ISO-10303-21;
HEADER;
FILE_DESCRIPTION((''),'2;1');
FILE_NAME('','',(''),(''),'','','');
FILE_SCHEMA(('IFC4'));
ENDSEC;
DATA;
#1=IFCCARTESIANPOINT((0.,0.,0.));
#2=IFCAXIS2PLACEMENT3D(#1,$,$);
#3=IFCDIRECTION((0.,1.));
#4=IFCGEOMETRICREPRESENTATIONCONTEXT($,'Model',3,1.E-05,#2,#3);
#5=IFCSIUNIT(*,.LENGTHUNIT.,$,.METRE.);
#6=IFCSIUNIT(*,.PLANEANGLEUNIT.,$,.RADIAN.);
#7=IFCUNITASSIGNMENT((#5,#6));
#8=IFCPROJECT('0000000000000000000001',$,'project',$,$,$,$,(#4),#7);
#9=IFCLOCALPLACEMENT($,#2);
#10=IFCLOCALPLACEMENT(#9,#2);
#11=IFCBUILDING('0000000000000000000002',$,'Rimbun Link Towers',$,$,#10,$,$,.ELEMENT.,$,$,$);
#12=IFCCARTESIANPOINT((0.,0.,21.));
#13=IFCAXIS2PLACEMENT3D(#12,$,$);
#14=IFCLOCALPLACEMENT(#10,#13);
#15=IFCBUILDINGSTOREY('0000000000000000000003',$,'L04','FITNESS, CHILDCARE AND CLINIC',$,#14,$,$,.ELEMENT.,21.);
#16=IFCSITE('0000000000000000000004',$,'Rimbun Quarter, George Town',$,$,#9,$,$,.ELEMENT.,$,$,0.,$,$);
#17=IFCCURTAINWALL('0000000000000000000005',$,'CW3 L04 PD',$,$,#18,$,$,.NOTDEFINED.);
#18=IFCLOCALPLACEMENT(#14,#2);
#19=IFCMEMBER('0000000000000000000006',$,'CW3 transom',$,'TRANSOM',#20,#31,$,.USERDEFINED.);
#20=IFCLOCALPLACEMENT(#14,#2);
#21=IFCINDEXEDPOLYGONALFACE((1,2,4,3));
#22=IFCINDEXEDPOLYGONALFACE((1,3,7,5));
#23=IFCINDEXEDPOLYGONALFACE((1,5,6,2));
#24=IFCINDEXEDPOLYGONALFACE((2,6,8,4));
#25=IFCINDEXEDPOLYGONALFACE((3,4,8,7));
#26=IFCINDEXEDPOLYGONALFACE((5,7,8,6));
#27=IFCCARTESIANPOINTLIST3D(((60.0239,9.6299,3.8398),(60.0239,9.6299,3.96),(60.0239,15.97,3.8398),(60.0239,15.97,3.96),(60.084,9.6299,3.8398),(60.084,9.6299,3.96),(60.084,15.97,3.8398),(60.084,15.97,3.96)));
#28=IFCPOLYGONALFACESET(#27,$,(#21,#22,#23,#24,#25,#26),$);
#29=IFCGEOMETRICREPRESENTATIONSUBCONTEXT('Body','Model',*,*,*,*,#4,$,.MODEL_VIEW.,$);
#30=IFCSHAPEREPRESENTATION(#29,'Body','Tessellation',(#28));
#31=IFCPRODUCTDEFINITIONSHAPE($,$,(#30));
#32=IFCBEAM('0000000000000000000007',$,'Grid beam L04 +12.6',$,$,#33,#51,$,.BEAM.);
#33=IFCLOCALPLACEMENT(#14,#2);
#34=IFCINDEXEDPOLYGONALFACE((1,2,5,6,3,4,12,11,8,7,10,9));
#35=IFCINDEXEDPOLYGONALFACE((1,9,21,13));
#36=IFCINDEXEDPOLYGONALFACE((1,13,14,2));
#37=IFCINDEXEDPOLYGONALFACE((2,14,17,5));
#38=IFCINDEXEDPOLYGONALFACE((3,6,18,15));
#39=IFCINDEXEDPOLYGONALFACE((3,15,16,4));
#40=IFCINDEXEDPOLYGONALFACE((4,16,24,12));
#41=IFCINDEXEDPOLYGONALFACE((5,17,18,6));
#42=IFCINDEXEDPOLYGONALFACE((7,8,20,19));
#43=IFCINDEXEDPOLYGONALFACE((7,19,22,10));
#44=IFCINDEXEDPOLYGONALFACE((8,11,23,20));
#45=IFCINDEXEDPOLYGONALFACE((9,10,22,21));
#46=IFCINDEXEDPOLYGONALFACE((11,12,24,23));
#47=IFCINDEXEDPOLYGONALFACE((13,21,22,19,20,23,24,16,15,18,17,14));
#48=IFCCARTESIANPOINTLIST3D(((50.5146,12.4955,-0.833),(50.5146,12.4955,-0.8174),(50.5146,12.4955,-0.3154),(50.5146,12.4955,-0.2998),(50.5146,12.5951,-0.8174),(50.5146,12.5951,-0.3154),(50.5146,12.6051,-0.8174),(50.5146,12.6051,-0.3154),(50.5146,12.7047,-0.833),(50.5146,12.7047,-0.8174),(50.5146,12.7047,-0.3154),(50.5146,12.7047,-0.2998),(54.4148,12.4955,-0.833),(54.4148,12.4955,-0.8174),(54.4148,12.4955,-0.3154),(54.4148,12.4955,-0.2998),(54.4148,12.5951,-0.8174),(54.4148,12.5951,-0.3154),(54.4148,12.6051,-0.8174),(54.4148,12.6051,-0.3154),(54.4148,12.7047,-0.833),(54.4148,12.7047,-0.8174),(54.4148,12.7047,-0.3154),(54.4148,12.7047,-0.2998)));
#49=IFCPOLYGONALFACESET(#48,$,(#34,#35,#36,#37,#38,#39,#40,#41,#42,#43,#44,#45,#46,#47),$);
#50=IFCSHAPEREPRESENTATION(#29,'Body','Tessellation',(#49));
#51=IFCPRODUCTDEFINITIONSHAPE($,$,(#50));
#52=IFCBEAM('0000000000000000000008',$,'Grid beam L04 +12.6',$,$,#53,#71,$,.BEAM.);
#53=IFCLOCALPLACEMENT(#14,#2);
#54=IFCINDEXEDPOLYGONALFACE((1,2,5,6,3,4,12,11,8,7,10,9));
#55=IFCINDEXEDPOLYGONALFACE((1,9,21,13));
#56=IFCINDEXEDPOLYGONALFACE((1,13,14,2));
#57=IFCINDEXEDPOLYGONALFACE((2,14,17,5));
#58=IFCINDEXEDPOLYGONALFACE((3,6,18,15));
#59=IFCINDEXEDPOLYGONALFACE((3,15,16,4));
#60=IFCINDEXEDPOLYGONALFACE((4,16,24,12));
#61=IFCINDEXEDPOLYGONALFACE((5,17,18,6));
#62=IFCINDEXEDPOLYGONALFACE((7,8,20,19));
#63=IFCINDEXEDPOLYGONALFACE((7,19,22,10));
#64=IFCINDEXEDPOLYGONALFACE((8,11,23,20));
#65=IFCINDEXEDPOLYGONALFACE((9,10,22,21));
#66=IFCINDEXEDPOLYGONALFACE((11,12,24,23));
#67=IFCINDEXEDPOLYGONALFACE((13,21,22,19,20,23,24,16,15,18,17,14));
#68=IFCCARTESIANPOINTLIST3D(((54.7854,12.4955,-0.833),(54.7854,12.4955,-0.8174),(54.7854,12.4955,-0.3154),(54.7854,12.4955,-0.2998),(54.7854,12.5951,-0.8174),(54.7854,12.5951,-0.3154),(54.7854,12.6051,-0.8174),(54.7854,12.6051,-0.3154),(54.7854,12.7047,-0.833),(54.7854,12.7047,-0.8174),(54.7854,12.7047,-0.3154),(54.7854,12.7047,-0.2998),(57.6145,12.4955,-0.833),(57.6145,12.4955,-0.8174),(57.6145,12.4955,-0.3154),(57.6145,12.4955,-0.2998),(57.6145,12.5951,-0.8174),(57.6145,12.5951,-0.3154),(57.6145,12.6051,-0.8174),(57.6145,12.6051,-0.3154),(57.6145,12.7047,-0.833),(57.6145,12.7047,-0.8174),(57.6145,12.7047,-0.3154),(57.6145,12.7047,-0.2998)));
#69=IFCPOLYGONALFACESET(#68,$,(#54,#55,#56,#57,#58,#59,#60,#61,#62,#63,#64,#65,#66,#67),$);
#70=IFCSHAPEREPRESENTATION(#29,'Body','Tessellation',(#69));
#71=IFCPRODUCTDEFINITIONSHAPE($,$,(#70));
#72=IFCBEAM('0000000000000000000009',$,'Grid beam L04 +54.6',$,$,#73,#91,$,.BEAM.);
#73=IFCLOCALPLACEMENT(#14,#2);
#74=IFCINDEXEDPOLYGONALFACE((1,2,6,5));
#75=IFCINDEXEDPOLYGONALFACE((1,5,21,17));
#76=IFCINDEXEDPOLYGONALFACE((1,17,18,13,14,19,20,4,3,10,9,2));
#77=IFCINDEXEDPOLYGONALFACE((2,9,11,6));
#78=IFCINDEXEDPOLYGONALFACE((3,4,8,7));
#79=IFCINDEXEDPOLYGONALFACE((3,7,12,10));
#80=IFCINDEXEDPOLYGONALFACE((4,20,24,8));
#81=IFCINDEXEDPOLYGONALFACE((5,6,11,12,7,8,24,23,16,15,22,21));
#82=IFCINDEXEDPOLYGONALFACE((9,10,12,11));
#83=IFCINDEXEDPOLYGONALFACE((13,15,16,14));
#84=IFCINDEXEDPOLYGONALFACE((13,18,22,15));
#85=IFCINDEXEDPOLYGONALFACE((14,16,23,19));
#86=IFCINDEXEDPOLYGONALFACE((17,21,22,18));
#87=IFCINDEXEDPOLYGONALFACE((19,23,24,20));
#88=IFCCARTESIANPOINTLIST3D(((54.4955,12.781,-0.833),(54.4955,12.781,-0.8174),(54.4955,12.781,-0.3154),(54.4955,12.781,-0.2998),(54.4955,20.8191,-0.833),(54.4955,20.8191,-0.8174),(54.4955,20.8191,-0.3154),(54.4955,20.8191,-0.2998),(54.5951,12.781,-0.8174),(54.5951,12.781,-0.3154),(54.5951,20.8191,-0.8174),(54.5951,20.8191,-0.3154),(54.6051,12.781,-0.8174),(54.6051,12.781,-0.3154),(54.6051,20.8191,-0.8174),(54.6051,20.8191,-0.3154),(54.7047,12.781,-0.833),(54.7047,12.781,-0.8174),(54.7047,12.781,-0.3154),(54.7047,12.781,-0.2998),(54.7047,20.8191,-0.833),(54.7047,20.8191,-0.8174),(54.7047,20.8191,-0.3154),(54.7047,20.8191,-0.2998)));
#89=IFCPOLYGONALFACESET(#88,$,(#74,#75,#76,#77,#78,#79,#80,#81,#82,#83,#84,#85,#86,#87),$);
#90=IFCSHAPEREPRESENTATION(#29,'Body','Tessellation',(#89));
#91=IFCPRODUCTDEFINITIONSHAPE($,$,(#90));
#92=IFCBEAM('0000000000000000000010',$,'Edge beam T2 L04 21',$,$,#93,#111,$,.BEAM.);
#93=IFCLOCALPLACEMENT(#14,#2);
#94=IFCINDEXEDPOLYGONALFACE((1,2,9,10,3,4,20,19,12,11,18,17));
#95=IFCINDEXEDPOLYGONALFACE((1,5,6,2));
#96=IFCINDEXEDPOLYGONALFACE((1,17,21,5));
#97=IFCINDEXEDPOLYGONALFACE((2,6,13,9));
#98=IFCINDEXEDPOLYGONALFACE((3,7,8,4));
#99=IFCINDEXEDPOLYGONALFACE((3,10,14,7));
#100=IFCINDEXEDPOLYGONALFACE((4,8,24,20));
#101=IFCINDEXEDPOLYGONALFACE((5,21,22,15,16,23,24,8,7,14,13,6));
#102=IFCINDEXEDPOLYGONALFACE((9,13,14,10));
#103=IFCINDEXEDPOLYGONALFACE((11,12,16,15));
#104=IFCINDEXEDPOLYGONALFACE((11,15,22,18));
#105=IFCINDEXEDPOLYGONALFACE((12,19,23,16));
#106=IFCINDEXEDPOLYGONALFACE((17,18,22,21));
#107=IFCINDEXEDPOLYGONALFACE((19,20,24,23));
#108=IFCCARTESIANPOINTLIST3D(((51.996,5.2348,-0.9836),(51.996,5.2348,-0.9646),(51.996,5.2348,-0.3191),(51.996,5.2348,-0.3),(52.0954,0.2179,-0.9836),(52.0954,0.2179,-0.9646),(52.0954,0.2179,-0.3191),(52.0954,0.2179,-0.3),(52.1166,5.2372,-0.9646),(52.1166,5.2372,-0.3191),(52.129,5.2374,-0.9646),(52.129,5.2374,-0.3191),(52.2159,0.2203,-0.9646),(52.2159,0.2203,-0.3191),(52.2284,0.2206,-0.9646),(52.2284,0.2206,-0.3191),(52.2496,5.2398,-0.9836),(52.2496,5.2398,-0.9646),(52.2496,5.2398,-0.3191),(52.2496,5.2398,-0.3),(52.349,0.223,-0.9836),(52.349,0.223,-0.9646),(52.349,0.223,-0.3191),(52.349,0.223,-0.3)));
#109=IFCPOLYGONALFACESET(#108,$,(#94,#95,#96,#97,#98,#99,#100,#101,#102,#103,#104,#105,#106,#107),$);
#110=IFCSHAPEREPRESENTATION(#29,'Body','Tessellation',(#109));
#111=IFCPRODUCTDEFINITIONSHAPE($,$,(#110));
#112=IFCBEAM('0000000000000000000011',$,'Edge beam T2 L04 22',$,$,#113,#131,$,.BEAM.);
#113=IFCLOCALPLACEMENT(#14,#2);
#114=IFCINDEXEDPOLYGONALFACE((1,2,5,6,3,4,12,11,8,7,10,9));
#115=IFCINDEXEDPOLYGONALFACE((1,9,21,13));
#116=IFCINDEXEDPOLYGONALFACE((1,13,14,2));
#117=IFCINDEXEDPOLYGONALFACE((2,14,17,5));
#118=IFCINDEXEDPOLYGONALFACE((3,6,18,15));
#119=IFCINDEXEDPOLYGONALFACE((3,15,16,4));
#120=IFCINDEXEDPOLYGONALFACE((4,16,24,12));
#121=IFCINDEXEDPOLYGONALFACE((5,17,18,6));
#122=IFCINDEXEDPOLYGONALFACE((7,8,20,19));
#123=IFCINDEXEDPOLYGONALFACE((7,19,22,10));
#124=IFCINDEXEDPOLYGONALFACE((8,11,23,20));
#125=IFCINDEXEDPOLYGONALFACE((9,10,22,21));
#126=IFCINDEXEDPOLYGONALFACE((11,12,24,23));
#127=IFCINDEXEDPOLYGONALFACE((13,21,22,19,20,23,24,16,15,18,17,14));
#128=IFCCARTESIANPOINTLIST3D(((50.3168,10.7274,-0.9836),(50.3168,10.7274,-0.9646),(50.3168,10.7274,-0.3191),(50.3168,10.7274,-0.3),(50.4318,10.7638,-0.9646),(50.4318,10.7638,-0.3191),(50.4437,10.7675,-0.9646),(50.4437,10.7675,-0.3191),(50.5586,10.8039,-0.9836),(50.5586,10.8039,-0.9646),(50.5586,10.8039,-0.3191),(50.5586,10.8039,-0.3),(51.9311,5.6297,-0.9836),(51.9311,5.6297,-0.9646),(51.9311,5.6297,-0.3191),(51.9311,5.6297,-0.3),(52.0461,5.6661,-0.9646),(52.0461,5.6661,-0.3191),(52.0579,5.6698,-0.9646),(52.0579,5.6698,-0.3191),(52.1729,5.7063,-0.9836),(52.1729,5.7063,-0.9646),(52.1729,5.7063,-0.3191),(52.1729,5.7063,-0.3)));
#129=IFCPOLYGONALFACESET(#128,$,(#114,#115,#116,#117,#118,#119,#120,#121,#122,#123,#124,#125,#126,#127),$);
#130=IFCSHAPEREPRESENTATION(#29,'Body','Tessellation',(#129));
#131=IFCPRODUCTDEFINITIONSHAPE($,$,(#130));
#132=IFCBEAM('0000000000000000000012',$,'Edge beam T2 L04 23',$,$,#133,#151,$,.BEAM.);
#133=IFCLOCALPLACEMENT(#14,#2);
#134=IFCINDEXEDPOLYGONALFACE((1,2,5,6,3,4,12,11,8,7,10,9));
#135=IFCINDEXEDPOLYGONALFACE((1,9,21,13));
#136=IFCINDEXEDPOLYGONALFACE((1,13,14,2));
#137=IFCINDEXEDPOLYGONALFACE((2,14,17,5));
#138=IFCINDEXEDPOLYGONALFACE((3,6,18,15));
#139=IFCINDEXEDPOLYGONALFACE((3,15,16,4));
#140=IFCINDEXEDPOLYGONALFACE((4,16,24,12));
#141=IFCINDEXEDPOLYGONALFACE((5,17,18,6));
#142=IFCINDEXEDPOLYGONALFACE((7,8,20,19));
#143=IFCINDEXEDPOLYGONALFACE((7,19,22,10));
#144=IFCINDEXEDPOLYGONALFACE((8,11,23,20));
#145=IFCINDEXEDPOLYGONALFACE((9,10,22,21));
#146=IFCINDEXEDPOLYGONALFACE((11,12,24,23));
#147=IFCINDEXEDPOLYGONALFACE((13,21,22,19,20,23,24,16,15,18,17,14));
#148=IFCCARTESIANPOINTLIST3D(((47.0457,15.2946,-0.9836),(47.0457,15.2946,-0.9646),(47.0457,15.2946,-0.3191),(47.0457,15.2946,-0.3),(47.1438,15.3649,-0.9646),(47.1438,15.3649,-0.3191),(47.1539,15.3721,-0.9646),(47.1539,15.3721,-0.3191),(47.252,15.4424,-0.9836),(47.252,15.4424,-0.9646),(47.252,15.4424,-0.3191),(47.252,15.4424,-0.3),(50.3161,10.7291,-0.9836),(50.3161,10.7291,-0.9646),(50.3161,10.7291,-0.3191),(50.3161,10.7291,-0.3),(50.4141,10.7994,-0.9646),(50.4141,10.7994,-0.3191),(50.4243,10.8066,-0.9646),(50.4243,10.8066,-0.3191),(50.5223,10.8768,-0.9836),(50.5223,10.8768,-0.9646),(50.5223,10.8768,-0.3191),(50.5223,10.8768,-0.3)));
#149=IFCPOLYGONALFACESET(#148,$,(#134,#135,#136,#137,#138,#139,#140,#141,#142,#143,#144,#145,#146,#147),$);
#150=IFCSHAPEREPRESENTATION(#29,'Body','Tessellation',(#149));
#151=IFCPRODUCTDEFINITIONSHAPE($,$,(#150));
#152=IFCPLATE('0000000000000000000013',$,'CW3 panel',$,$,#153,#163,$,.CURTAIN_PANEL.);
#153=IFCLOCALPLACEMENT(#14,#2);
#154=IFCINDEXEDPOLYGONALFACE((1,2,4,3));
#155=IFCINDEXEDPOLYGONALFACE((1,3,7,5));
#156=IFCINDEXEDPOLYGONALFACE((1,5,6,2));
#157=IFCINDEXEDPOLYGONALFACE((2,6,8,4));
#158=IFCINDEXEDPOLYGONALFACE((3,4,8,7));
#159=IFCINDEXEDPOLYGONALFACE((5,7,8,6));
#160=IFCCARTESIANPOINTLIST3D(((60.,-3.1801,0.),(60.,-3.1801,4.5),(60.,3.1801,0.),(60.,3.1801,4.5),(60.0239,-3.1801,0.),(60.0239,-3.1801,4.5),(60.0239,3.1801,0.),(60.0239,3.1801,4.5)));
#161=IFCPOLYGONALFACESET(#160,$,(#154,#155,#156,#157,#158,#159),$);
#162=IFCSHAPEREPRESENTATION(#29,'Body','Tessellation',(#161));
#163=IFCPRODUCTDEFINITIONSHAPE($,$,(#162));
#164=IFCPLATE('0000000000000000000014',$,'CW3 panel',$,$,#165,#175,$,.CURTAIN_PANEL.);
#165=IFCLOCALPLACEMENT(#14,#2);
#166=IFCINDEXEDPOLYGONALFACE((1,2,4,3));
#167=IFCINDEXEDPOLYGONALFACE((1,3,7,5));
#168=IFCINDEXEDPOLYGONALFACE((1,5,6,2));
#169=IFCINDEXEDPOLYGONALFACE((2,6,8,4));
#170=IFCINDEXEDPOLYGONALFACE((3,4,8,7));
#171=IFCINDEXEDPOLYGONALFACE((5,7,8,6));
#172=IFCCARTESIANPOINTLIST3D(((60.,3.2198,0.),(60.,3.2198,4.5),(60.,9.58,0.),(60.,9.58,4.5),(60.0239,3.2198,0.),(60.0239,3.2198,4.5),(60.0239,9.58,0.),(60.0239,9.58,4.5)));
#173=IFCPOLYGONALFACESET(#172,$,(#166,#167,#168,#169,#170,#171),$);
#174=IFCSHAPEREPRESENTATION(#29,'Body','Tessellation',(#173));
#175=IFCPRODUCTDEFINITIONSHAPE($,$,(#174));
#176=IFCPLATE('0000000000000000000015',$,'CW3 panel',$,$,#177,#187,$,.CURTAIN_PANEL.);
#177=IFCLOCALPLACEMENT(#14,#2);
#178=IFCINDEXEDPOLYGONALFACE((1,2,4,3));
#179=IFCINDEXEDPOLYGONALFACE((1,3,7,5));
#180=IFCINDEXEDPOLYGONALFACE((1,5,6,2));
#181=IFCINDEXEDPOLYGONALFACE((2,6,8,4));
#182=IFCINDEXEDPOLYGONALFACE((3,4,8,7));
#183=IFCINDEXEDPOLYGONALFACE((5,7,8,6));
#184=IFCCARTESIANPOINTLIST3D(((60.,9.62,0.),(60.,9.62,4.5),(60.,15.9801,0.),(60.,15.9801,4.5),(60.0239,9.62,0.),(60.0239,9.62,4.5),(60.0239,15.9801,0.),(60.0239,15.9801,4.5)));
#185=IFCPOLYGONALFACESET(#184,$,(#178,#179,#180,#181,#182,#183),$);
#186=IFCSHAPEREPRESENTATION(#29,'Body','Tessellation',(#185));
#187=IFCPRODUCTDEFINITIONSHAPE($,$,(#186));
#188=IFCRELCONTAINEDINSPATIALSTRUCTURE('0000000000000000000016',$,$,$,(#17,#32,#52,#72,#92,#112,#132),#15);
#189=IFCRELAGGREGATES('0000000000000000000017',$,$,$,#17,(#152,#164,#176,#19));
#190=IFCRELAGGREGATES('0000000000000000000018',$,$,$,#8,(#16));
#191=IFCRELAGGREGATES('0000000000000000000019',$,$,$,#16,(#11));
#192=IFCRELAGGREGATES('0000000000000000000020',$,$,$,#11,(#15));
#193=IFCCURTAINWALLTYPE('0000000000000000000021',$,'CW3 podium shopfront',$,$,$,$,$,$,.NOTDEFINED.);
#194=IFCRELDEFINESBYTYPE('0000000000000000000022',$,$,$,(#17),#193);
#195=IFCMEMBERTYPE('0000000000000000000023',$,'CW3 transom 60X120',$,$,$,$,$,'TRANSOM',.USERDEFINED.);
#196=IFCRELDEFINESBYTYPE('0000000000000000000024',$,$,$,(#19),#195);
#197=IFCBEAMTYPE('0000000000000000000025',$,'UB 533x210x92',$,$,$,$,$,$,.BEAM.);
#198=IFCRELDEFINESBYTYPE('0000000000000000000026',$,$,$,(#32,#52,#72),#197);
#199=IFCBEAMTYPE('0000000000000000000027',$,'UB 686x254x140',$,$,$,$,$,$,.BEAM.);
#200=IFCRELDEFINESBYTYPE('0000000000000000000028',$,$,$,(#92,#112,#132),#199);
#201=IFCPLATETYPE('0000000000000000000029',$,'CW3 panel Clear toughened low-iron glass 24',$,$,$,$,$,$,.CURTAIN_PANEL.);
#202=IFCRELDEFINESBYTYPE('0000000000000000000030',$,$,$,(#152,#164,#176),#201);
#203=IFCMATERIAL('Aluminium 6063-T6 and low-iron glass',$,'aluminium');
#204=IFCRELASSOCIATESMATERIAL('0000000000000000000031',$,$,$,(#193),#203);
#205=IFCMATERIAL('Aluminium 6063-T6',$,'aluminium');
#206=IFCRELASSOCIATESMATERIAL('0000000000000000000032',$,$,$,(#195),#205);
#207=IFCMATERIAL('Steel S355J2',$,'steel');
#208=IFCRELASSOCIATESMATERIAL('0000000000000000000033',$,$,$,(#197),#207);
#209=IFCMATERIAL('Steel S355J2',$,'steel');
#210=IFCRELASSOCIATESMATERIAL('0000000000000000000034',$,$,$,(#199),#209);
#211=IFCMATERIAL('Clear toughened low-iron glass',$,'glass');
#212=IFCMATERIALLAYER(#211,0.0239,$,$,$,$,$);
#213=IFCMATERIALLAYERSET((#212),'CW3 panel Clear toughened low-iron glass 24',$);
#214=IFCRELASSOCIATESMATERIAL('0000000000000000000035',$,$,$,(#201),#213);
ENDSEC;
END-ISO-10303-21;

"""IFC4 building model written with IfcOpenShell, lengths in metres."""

from ifc_helpers import new_model, si_unit, direction, frame, origin, origin_2d, place, context, subcontext, project, spatial, rectangle, i_section, extrude, material, layer, layer_set, material_profile, profile_set, type_object, element, aggregate, save


model = new_model("IFC4")

# Units and contexts
model_context = context("Model", 3, precision=1e-05, world=origin(), true_north=direction((0.0, 1.0)))
body_context = subcontext(model_context, "Body", "Model", "MODEL_VIEW")
ifc_project = project(units=[si_unit("LENGTHUNIT", "METRE"), si_unit("PLANEANGLEUNIT", "RADIAN")], contexts=[model_context])

# Site, building, storey
site_placement = place(None, origin())
site = spatial("IfcSite", under=ifc_project, at=site_placement, Name="Rimbun Quarter, George Town", CompositionType="ELEMENT", RefElevation=0.0)
building_placement = place(site_placement, origin())
building = spatial("IfcBuilding", under=site, at=building_placement, Name="Rimbun Link Towers", CompositionType="ELEMENT")
storey_placement = place(building_placement, frame((0.0, 0.0, 21.0)))
storey = spatial("IfcBuildingStorey", under=building, at=storey_placement, Name="L04", Description="FITNESS, CHILDCARE AND CLINIC", CompositionType="ELEMENT", Elevation=21.0)

# Curtain wall, member
ifc_material_1 = material(Name="Aluminium 6063-T6 and low-iron glass", Category="aluminium")
curtain_wall_type = type_object("IfcCurtainWallType", Name="CW3 podium shopfront", PredefinedType="NOTDEFINED", material=ifc_material_1)
curtain_wall_placement = place(storey_placement, origin())
curtain_wall = element("IfcCurtainWall", 1, at=curtain_wall_placement, inside=storey, type_object=curtain_wall_type, Name="CW3 L04 PD", PredefinedType="NOTDEFINED")
ifc_material_2 = material(Name="Aluminium 6063-T6", Category="aluminium")
ifc_material_profile_1 = material_profile(ifc_material_2, rectangle(XDim=0.0601, YDim=0.1201, at=origin_2d()), Name="TRANSOM 60X120")
ifc_profile_set_1 = profile_set([ifc_material_profile_1], Name="Aluminium 6063-T6")
member_type_1 = type_object("IfcMemberType", Name="CW3 transom 60X120", ElementType="TRANSOM", PredefinedType="USERDEFINED", material=ifc_profile_set_1)
member_1_placement = place(storey_placement, frame((60.054, 15.97, 3.8999), z_axis=(0.0, -1.0, 0.0), x_axis=(1.0, 0.0, 0.0)))
member_1 = element("IfcMember", 2, at=member_1_placement, type_object=member_type_1, Name="CW3 transom", ObjectType="TRANSOM", PredefinedType="USERDEFINED", context=body_context, shape_type="SweptSolid", body=[
    extrude(rectangle(XDim=0.0601, YDim=0.1201, at=origin_2d()), origin(), (0.0, 0.0, 1.0), 6.3401),
])

# Beams
ifc_material_3 = material(Name="Steel S355J2", Category="steel")
ifc_material_profile_2 = material_profile(ifc_material_3, i_section(OverallWidth=0.2092, OverallDepth=0.5332, WebThickness=0.01, FlangeThickness=0.0156, at=origin_2d()), Name="UB 533x210x92")
ifc_profile_set_2 = profile_set([ifc_material_profile_2], Name="Steel S355J2")
beam_type_1 = type_object("IfcBeamType", Name="UB 533x210x92", PredefinedType="BEAM", material=ifc_profile_set_2)
beam_1_placement = place(storey_placement, frame((50.5146, 12.6001, -0.5664), z_axis=(1.0, 0.0, 0.0), x_axis=(0.0, 1.0, 0.0)))
element("IfcBeam", 3, at=beam_1_placement, inside=storey, type_object=beam_type_1, Name="Grid beam L04 +12.6", PredefinedType="BEAM", context=body_context, shape_type="SweptSolid", body=[
    extrude(i_section(OverallWidth=0.2092, OverallDepth=0.5332, WebThickness=0.01, FlangeThickness=0.0156, at=origin_2d()), origin(), (0.0, 0.0, 1.0), 3.9001),
])
beam_2_placement = place(storey_placement, frame((54.7854, 12.6001, -0.5664), z_axis=(1.0, 0.0, 0.0), x_axis=(0.0, 1.0, 0.0)))
element("IfcBeam", 4, at=beam_2_placement, inside=storey, type_object=beam_type_1, Name="Grid beam L04 +12.6", PredefinedType="BEAM", context=body_context, shape_type="SweptSolid", body=[
    extrude(i_section(OverallWidth=0.2092, OverallDepth=0.5332, WebThickness=0.01, FlangeThickness=0.0156, at=origin_2d()), origin(), (0.0, 0.0, 1.0), 2.8291),
])
beam_3_placement = place(storey_placement, frame((54.6001, 12.781, -0.5664), z_axis=(0.0, 1.0, 0.0), x_axis=(-1.0, 0.0, 0.0)))
element("IfcBeam", 5, at=beam_3_placement, inside=storey, type_object=beam_type_1, Name="Grid beam L04 +54.6", PredefinedType="BEAM", context=body_context, shape_type="SweptSolid", body=[
    extrude(i_section(OverallWidth=0.2092, OverallDepth=0.5332, WebThickness=0.01, FlangeThickness=0.0156, at=origin_2d()), origin(), (0.0, 0.0, 1.0), 8.0381),
])
ifc_material_4 = material(Name="Steel S355J2", Category="steel")
ifc_material_profile_3 = material_profile(ifc_material_4, i_section(OverallWidth=0.2537, OverallDepth=0.6836, WebThickness=0.0125, FlangeThickness=0.019, at=origin_2d()), Name="UB 686x254x140")
ifc_profile_set_3 = profile_set([ifc_material_profile_3], Name="Steel S355J2")
beam_type_2 = type_object("IfcBeamType", Name="UB 686x254x140", PredefinedType="BEAM", material=ifc_profile_set_3)
beam_4_placement = place(storey_placement, frame((52.2222, 0.2205, -0.6418), z_axis=(-0.019802, 0.999804, 0.0), x_axis=(-0.999804, -0.019802, 0.0)))
element("IfcBeam", 6, at=beam_4_placement, inside=storey, type_object=beam_type_2, Name="Edge beam T2 L04 21", PredefinedType="BEAM", context=body_context, shape_type="SweptSolid", body=[
    extrude(i_section(OverallWidth=0.2537, OverallDepth=0.6836, WebThickness=0.0125, FlangeThickness=0.019, at=origin_2d()), origin(), (0.0, 0.0, 1.0), 5.0178),
])
beam_5_placement = place(storey_placement, frame((52.052, 5.668, -0.6418), z_axis=(-0.301892, 0.953342, 0.0), x_axis=(-0.953342, -0.301892, 0.0)))
element("IfcBeam", 7, at=beam_5_placement, inside=storey, type_object=beam_type_2, Name="Edge beam T2 L04 22", PredefinedType="BEAM", context=body_context, shape_type="SweptSolid", body=[
    extrude(i_section(OverallWidth=0.2537, OverallDepth=0.6836, WebThickness=0.0125, FlangeThickness=0.019, at=origin_2d()), origin(), (0.0, 0.0, 1.0), 5.3472),
])
beam_6_placement = place(storey_placement, frame((50.4192, 10.803, -0.6418), z_axis=(-0.582327, 0.812954, 0.0), x_axis=(-0.812954, -0.582327, 0.0)))
element("IfcBeam", 8, at=beam_6_placement, inside=storey, type_object=beam_type_2, Name="Edge beam T2 L04 23", PredefinedType="BEAM", context=body_context, shape_type="SweptSolid", body=[
    extrude(i_section(OverallWidth=0.2537, OverallDepth=0.6836, WebThickness=0.0125, FlangeThickness=0.019, at=origin_2d()), origin(), (0.0, 0.0, 1.0), 5.616),
])

# Plates
ifc_material_5 = material(Name="Clear toughened low-iron glass", Category="glass")
ifc_layer_1 = layer(ifc_material_5, 0.0239)
ifc_layer_set_1 = layer_set([ifc_layer_1], Name="CW3 panel Clear toughened low-iron glass 24")
plate_type = type_object("IfcPlateType", Name="CW3 panel Clear toughened low-iron glass 24", PredefinedType="CURTAIN_PANEL", material=ifc_layer_set_1)
plate_1_placement = place(storey_placement, frame((60.012, 0.0, 0.0), z_axis=(0.0, 0.0, 1.0), x_axis=(0.0, -1.0, 0.0)))
plate_1 = element("IfcPlate", 9, at=plate_1_placement, type_object=plate_type, Name="CW3 panel", PredefinedType="CURTAIN_PANEL", context=body_context, shape_type="SweptSolid", body=[
    extrude(rectangle(XDim=6.3601, YDim=0.0239, at=origin_2d()), origin(), (0.0, 0.0, 1.0), 4.5),
])
plate_2_placement = place(storey_placement, frame((60.012, 6.3999, 0.0), z_axis=(0.0, 0.0, 1.0), x_axis=(0.0, -1.0, 0.0)))
plate_2 = element("IfcPlate", 10, at=plate_2_placement, type_object=plate_type, Name="CW3 panel", PredefinedType="CURTAIN_PANEL", context=body_context, shape_type="SweptSolid", body=[
    extrude(rectangle(XDim=6.3601, YDim=0.0239, at=origin_2d()), origin(), (0.0, 0.0, 1.0), 4.5),
])
plate_3_placement = place(storey_placement, frame((60.012, 12.8, 0.0), z_axis=(0.0, 0.0, 1.0), x_axis=(0.0, -1.0, 0.0)))
plate_3 = element("IfcPlate", 11, at=plate_3_placement, type_object=plate_type, Name="CW3 panel", PredefinedType="CURTAIN_PANEL", context=body_context, shape_type="SweptSolid", body=[
    extrude(rectangle(XDim=6.3601, YDim=0.0239, at=origin_2d()), origin(), (0.0, 0.0, 1.0), 4.5),
])
aggregate(curtain_wall, [plate_1, plate_2, plate_3, member_1])

save(model, "model.ifc")
